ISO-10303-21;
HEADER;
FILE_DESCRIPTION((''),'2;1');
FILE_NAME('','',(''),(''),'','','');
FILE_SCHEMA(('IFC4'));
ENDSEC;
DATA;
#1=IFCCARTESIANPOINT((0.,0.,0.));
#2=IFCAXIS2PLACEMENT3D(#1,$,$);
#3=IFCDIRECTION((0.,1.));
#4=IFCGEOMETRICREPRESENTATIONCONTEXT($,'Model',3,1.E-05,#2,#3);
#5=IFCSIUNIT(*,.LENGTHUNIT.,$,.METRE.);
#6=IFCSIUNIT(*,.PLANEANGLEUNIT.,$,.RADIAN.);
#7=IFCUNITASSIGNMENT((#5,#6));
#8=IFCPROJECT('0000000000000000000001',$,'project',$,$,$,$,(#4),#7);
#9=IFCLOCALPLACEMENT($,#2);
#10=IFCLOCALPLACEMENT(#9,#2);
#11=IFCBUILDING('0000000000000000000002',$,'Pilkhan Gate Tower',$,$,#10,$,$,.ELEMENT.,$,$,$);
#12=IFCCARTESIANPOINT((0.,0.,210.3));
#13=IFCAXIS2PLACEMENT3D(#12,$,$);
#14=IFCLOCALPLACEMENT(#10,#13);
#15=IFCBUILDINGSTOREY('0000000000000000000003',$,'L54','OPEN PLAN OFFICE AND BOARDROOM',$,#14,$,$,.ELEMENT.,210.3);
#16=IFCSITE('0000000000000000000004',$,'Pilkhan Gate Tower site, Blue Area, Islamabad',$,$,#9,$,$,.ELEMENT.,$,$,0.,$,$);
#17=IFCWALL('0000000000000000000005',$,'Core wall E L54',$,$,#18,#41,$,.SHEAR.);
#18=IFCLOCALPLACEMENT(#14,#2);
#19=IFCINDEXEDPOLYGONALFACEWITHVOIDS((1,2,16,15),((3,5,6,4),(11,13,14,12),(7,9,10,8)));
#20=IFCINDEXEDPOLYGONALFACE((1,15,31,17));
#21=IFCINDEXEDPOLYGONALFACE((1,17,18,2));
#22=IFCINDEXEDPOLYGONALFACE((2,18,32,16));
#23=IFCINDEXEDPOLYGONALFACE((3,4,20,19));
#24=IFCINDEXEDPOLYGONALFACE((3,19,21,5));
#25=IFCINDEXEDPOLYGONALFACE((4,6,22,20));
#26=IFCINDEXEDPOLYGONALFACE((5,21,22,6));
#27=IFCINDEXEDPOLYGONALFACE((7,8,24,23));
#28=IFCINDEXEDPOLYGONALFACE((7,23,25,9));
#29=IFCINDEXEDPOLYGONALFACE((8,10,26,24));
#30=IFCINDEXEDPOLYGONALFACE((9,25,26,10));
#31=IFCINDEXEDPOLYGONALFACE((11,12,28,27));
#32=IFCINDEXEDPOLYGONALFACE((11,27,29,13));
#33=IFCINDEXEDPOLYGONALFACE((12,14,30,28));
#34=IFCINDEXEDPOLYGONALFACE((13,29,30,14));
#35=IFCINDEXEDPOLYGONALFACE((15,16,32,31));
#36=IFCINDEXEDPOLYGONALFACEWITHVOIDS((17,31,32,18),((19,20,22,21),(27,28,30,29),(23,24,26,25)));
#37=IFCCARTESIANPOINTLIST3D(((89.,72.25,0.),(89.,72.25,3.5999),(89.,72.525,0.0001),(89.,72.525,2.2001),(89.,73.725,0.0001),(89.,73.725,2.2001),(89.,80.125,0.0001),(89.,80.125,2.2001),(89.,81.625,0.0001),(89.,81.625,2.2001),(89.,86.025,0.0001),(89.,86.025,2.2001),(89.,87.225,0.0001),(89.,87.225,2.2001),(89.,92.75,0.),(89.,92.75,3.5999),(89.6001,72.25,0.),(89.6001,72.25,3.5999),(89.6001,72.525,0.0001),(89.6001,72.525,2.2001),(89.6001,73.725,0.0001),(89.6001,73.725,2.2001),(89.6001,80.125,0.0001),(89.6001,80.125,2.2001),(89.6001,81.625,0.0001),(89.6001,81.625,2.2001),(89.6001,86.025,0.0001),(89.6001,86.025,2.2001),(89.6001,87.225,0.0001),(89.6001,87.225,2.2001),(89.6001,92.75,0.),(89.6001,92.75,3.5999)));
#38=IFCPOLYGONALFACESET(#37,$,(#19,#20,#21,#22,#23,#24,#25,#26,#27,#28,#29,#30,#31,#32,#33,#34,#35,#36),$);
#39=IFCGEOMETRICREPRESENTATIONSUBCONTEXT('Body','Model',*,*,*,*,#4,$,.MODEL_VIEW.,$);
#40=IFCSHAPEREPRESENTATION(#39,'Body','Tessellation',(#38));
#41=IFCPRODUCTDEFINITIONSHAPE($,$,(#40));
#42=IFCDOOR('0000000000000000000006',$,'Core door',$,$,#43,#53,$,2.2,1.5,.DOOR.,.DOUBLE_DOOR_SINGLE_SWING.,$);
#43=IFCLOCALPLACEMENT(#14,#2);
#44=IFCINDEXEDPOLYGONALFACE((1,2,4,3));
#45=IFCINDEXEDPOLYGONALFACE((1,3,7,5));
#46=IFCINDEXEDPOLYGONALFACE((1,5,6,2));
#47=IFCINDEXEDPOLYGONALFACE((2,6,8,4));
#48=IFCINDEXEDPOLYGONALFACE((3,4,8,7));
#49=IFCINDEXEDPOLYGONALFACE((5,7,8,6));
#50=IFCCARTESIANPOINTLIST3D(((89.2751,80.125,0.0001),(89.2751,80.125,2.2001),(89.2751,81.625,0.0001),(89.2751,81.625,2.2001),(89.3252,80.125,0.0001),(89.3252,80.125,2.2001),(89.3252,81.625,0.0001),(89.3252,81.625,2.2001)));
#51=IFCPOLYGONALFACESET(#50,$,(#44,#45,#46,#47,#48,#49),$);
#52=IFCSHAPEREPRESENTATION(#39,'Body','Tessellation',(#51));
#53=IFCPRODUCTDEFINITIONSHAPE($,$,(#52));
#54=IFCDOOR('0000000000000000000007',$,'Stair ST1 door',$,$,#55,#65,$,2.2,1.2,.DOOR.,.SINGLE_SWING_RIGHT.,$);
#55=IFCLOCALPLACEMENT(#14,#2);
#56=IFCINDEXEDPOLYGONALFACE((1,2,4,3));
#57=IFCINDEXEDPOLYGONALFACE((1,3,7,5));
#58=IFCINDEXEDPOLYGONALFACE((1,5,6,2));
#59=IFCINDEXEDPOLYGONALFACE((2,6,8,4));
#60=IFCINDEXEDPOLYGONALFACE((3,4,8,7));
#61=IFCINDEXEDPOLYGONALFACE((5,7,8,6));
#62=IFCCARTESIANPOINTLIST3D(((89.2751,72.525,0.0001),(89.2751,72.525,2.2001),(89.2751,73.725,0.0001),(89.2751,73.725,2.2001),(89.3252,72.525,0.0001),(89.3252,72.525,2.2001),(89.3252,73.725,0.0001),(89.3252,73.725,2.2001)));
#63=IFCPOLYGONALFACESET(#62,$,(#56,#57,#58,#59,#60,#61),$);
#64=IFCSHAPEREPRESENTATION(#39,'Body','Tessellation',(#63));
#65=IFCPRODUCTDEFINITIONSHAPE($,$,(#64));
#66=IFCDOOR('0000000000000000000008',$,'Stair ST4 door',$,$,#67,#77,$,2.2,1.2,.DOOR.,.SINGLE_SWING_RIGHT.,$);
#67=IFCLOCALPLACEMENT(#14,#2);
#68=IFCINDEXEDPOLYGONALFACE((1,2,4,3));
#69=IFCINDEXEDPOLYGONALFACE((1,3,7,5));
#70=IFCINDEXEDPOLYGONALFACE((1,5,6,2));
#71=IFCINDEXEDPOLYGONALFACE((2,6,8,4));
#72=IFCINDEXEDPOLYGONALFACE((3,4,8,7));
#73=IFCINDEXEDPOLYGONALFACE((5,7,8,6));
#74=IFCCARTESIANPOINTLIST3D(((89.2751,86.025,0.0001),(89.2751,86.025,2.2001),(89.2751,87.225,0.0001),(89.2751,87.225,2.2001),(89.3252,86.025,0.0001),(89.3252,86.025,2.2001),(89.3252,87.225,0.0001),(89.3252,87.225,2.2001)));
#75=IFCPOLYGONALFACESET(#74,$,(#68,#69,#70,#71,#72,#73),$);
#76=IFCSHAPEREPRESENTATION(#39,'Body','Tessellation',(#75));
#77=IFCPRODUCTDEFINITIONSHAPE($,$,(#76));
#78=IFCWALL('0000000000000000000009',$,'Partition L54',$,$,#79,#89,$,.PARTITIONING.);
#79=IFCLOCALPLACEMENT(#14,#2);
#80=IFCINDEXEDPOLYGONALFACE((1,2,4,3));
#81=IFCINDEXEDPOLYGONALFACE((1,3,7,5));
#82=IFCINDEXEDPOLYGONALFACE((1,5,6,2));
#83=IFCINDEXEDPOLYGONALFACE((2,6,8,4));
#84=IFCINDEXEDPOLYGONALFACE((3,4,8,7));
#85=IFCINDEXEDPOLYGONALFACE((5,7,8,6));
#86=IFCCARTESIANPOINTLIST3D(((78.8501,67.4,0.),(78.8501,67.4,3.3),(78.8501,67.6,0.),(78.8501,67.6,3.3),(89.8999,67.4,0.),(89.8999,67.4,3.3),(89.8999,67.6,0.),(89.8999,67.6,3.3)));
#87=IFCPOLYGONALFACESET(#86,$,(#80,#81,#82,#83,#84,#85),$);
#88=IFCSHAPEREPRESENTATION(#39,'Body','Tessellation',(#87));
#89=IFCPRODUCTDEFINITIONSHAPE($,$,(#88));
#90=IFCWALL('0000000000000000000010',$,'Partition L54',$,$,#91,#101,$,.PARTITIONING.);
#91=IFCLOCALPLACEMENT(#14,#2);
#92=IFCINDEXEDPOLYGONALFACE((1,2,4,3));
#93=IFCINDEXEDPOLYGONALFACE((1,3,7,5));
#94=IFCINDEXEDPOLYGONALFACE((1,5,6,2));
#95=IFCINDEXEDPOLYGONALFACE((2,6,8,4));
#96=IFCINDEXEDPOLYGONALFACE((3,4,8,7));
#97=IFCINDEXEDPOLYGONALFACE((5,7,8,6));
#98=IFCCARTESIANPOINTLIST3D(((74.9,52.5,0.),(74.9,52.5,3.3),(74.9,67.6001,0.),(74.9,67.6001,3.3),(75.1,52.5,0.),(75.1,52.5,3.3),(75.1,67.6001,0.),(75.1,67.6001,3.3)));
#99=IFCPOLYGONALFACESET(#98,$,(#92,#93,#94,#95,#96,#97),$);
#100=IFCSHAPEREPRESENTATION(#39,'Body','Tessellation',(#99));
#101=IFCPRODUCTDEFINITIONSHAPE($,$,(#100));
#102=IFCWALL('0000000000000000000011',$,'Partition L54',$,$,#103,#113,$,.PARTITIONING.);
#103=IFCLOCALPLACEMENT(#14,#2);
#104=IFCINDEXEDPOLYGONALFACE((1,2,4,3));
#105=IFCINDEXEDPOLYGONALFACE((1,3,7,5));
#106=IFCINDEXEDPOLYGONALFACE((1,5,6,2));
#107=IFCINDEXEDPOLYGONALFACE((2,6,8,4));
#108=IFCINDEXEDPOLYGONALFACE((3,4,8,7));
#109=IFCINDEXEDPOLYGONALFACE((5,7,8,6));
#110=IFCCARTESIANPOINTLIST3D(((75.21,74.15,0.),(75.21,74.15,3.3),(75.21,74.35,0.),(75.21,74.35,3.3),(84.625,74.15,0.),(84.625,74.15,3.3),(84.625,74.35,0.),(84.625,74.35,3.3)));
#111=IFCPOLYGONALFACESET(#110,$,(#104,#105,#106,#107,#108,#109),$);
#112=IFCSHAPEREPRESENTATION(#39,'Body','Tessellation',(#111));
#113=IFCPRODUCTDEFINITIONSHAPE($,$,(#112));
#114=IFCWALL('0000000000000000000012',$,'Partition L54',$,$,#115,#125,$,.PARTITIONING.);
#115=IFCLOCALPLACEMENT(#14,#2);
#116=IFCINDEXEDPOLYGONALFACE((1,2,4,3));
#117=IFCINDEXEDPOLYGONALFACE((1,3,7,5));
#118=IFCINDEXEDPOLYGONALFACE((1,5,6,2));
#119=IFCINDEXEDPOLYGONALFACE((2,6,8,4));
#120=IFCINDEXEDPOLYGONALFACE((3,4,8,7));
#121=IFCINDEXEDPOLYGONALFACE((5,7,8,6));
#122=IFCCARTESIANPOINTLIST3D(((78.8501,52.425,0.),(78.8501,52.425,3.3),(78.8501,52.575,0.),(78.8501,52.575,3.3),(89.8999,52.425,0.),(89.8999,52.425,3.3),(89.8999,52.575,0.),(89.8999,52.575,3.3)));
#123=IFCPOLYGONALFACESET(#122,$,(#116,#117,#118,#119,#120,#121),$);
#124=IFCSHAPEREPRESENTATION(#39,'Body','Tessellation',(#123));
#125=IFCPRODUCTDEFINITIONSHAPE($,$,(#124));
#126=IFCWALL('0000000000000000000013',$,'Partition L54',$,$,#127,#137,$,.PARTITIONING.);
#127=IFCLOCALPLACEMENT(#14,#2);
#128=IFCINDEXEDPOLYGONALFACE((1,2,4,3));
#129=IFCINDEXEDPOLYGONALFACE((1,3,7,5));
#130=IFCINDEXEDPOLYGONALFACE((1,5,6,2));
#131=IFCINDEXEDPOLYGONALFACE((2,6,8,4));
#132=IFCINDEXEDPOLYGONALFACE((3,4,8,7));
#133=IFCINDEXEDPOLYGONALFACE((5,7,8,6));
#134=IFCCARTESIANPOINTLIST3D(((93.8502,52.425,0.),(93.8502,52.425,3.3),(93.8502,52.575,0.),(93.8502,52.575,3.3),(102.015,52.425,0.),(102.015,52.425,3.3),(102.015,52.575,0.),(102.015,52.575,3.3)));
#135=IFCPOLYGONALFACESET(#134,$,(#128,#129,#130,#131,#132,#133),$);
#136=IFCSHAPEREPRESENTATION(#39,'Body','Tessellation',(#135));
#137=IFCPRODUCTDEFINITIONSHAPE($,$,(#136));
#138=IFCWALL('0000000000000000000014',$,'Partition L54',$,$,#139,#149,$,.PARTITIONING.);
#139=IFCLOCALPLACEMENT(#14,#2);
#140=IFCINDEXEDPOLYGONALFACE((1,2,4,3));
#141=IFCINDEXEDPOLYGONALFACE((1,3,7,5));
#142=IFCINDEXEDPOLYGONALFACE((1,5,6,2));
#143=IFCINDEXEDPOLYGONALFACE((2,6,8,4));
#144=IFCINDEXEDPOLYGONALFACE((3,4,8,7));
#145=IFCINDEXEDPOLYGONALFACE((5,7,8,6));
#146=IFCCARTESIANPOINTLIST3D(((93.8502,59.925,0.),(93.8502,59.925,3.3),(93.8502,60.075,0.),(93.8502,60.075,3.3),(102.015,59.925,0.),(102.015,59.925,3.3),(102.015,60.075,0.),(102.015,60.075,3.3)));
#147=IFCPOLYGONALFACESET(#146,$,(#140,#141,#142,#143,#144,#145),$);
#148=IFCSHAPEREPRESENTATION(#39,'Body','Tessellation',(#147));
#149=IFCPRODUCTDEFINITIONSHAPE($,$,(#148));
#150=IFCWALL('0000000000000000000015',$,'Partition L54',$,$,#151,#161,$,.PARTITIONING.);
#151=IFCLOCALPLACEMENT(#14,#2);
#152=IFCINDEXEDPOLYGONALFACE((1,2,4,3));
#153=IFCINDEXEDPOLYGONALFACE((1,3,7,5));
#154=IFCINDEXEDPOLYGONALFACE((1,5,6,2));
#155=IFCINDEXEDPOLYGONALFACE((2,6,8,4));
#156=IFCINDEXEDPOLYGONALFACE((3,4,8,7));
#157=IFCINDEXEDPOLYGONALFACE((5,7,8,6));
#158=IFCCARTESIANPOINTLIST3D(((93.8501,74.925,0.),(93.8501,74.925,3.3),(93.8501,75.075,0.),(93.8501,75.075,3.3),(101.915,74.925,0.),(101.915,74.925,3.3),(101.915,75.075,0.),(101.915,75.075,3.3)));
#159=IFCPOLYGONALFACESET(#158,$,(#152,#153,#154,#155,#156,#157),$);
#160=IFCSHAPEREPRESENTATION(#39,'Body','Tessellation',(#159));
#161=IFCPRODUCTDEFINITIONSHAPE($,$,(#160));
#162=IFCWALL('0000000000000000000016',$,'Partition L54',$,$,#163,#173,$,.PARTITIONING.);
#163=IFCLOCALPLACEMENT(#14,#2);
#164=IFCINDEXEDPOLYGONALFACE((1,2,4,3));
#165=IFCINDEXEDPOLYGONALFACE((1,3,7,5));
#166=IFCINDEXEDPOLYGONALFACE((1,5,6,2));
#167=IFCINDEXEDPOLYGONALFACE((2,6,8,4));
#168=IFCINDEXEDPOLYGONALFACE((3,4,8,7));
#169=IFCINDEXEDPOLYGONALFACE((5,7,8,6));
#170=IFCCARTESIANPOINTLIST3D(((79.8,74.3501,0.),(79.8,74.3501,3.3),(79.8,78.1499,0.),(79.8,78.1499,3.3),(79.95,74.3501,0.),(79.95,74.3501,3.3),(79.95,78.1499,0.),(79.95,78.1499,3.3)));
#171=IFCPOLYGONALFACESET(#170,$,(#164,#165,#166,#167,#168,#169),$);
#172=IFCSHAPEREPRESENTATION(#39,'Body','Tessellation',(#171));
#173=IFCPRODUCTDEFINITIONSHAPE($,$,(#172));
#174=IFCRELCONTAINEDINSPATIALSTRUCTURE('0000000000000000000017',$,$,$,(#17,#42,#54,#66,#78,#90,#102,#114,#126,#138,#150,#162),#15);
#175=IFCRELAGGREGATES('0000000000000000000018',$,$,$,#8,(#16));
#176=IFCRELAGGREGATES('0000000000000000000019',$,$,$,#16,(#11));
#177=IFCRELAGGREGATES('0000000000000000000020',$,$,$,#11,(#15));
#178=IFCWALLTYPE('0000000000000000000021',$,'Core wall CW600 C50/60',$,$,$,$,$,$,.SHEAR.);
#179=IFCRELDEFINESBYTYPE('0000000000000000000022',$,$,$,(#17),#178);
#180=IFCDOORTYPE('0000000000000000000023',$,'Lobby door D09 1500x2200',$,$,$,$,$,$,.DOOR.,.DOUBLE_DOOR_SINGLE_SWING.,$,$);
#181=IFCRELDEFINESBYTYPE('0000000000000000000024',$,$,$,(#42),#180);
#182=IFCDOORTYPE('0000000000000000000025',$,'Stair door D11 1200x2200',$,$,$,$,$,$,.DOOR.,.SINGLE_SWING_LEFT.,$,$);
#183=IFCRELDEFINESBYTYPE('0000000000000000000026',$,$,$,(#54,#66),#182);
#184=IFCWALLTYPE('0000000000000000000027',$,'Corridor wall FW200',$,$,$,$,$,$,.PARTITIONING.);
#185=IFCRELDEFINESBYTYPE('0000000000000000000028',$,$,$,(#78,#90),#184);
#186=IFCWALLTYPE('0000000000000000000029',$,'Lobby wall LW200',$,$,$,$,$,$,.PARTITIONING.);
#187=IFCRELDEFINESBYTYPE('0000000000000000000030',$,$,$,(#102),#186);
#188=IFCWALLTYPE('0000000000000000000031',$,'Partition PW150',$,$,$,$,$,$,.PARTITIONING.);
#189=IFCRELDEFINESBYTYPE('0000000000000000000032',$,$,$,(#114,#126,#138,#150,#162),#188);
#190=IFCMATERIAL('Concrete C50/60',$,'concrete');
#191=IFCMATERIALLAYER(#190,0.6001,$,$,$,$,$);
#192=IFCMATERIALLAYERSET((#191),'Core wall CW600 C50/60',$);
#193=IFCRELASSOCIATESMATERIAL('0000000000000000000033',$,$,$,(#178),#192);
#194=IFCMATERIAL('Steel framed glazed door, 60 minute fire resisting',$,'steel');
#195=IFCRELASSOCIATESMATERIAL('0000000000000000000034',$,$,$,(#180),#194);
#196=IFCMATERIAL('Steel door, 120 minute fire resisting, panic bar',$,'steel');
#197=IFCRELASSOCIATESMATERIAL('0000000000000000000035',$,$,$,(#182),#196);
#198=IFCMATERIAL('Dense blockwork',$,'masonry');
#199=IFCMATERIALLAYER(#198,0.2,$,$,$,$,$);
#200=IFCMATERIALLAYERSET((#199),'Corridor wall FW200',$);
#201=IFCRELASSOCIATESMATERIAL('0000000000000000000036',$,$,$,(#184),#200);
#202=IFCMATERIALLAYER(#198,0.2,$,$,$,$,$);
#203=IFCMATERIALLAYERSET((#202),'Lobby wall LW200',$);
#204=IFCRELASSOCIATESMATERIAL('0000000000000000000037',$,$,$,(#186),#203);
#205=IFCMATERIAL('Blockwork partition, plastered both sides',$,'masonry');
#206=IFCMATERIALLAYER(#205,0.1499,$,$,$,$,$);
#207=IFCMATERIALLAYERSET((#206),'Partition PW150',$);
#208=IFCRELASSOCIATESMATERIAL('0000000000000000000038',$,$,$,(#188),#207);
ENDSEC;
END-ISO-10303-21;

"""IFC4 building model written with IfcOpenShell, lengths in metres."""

from ifc_helpers import new_model, si_unit, direction, frame, frame_2d, origin, place, context, subcontext, project, spatial, rectangle, extrude, material, layer, layer_set, type_object, element, fill, save


model = new_model("IFC4")

# Units and contexts
model_context = context("Model", 3, precision=1e-05, world=origin(), true_north=direction((0.0, 1.0)))
body_context = subcontext(model_context, "Body", "Model", "MODEL_VIEW")
ifc_project = project(units=[si_unit("LENGTHUNIT", "METRE"), si_unit("PLANEANGLEUNIT", "RADIAN")], contexts=[model_context])

# Site, building, storey
site_placement = place(None, origin())
site = spatial("IfcSite", under=ifc_project, at=site_placement, Name="Pilkhan Gate Tower site, Blue Area, Islamabad", CompositionType="ELEMENT", RefElevation=0.0)
building_placement = place(site_placement, origin())
building = spatial("IfcBuilding", under=site, at=building_placement, Name="Pilkhan Gate Tower", CompositionType="ELEMENT")
storey_placement = place(building_placement, frame((0.0, 0.0, 210.3)))
storey = spatial("IfcBuildingStorey", under=building, at=storey_placement, Name="L54", Description="OPEN PLAN OFFICE AND BOARDROOM", CompositionType="ELEMENT", Elevation=210.3)

# Shared definitions
ifc_material_1 = material(Name="Concrete C50/60", Category="concrete")

# Wall, openings, doors
ifc_layer_1 = layer(ifc_material_1, 0.6001)
ifc_layer_set_1 = layer_set([ifc_layer_1], Name="Core wall CW600 C50/60")
wall_type_1 = type_object("IfcWallType", Name="Core wall CW600 C50/60", PredefinedType="SHEAR", material=ifc_layer_set_1)
wall_1_placement = place(storey_placement, frame((89.3, 72.25, 0.0), z_axis=(0.0, 0.0, 1.0), x_axis=(0.0, 1.0, 0.0)))
wall_1 = element("IfcWall", 1, at=wall_1_placement, inside=storey, type_object=wall_type_1, Name="Core wall E L54", PredefinedType="SHEAR", context=body_context, shape_type="SweptSolid", body=[
    extrude(rectangle(XDim=20.5, YDim=0.6001, at=frame_2d((10.25, 0.0))), origin(), (0.0, 0.0, 1.0), 3.5999),
])
opening_1_placement = place(wall_1_placement, frame((0.2749, 0.0, 0.0)))
opening_1 = element("IfcOpeningElement", 2, at=opening_1_placement, cuts=wall_1, PredefinedType="OPENING", context=body_context, shape_type="SweptSolid", body=[
    extrude(rectangle(XDim=1.2, YDim=2.2, at=frame_2d((0.6001, 1.1001))), frame((0.0, 0.3101, 0.0), z_axis=(0.0, -1.0, 0.0), x_axis=(1.0, 0.0, 0.0)), (0.0, 0.0, 1.0), 0.6201),
])
opening_2_placement = place(wall_1_placement, frame((13.7749, 0.0, 0.0)))
opening_2 = element("IfcOpeningElement", 3, at=opening_2_placement, cuts=wall_1, PredefinedType="OPENING", context=body_context, shape_type="SweptSolid", body=[
    extrude(rectangle(XDim=1.2, YDim=2.2, at=frame_2d((0.6001, 1.1001))), frame((0.0, 0.3101, 0.0), z_axis=(0.0, -1.0, 0.0), x_axis=(1.0, 0.0, 0.0)), (0.0, 0.0, 1.0), 0.6201),
])
opening_3_placement = place(wall_1_placement, frame((7.875, 0.0, 0.0)))
opening_3 = element("IfcOpeningElement", 4, at=opening_3_placement, cuts=wall_1, PredefinedType="OPENING", context=body_context, shape_type="SweptSolid", body=[
    extrude(rectangle(XDim=1.5, YDim=2.2, at=frame_2d((0.75, 1.1001))), frame((0.0, 0.3101, 0.0), z_axis=(0.0, -1.0, 0.0), x_axis=(1.0, 0.0, 0.0)), (0.0, 0.0, 1.0), 0.6201),
])
ifc_material_2 = material(Name="Steel framed glazed door, 60 minute fire resisting", Category="steel")
door_type_1 = type_object("IfcDoorType", Name="Lobby door D09 1500x2200", OperationType="DOUBLE_DOOR_SINGLE_SWING", PredefinedType="DOOR", material=ifc_material_2)
door_1_placement = place(opening_3_placement, origin())
door_1 = element("IfcDoor", 5, at=door_1_placement, inside=storey, type_object=door_type_1, Name="Core door", OperationType="DOUBLE_DOOR_SINGLE_SWING", OverallHeight=2.2, OverallWidth=1.5, PredefinedType="DOOR", context=body_context, shape_type="SweptSolid", body=[
    extrude(rectangle(XDim=1.5, YDim=2.2, at=frame_2d((0.75, 1.1001))), frame((0.0, 0.0249, 0.0), z_axis=(0.0, -1.0, 0.0), x_axis=(1.0, 0.0, 0.0)), (0.0, 0.0, 1.0), 0.05),
])
fill(opening_3, door_1)
ifc_material_3 = material(Name="Steel door, 120 minute fire resisting, panic bar", Category="steel")
door_type_2 = type_object("IfcDoorType", Name="Stair door D11 1200x2200", OperationType="SINGLE_SWING_LEFT", PredefinedType="DOOR", material=ifc_material_3)
door_2_placement = place(opening_1_placement, origin())
door_2 = element("IfcDoor", 6, at=door_2_placement, inside=storey, type_object=door_type_2, Name="Stair ST1 door", OperationType="SINGLE_SWING_RIGHT", OverallHeight=2.2, OverallWidth=1.2, PredefinedType="DOOR", context=body_context, shape_type="SweptSolid", body=[
    extrude(rectangle(XDim=1.2, YDim=2.2, at=frame_2d((0.6001, 1.1001))), frame((0.0, 0.0249, 0.0), z_axis=(0.0, -1.0, 0.0), x_axis=(1.0, 0.0, 0.0)), (0.0, 0.0, 1.0), 0.05),
])
fill(opening_1, door_2)
door_3_placement = place(opening_2_placement, origin())
door_3 = element("IfcDoor", 7, at=door_3_placement, inside=storey, type_object=door_type_2, Name="Stair ST4 door", OperationType="SINGLE_SWING_RIGHT", OverallHeight=2.2, OverallWidth=1.2, PredefinedType="DOOR", context=body_context, shape_type="SweptSolid", body=[
    extrude(rectangle(XDim=1.2, YDim=2.2, at=frame_2d((0.6001, 1.1001))), frame((0.0, 0.0249, 0.0), z_axis=(0.0, -1.0, 0.0), x_axis=(1.0, 0.0, 0.0)), (0.0, 0.0, 1.0), 0.05),
])
fill(opening_2, door_3)

# Walls
ifc_material_4 = material(Name="Dense blockwork", Category="masonry")
ifc_layer_2 = layer(ifc_material_4, 0.2)
ifc_layer_set_2 = layer_set([ifc_layer_2], Name="Corridor wall FW200")
wall_type_2 = type_object("IfcWallType", Name="Corridor wall FW200", PredefinedType="PARTITIONING", material=ifc_layer_set_2)
wall_2_placement = place(storey_placement, frame((78.8501, 67.5, 0.0), z_axis=(0.0, 0.0, 1.0), x_axis=(1.0, 0.0, 0.0)))
element("IfcWall", 8, at=wall_2_placement, inside=storey, type_object=wall_type_2, Name="Partition L54", PredefinedType="PARTITIONING", context=body_context, shape_type="SweptSolid", body=[
    extrude(rectangle(XDim=11.0498, YDim=0.2, at=frame_2d((5.5249, 0.0))), origin(), (0.0, 0.0, 1.0), 3.3),
])
wall_3_placement = place(storey_placement, frame((75.0, 52.5, 0.0), z_axis=(0.0, 0.0, 1.0), x_axis=(0.0, 1.0, 0.0)))
element("IfcWall", 9, at=wall_3_placement, inside=storey, type_object=wall_type_2, Name="Partition L54", PredefinedType="PARTITIONING", context=body_context, shape_type="SweptSolid", body=[
    extrude(rectangle(XDim=15.1001, YDim=0.2, at=frame_2d((7.55, 0.0))), origin(), (0.0, 0.0, 1.0), 3.3),
])
ifc_layer_3 = layer(ifc_material_4, 0.2)
ifc_layer_set_3 = layer_set([ifc_layer_3], Name="Lobby wall LW200")
wall_type_3 = type_object("IfcWallType", Name="Lobby wall LW200", PredefinedType="PARTITIONING", material=ifc_layer_set_3)
wall_4_placement = place(storey_placement, frame((75.21, 74.25, 0.0), z_axis=(0.0, 0.0, 1.0), x_axis=(1.0, 0.0, 0.0)))
element("IfcWall", 10, at=wall_4_placement, inside=storey, type_object=wall_type_3, Name="Partition L54", PredefinedType="PARTITIONING", context=body_context, shape_type="SweptSolid", body=[
    extrude(rectangle(XDim=9.415, YDim=0.2, at=frame_2d((4.7075, 0.0))), origin(), (0.0, 0.0, 1.0), 3.3),
])
ifc_material_5 = material(Name="Blockwork partition, plastered both sides", Category="masonry")
ifc_layer_4 = layer(ifc_material_5, 0.1499)
ifc_layer_set_4 = layer_set([ifc_layer_4], Name="Partition PW150")
wall_type_4 = type_object("IfcWallType", Name="Partition PW150", PredefinedType="PARTITIONING", material=ifc_layer_set_4)
wall_5_placement = place(storey_placement, frame((78.8501, 52.5, 0.0), z_axis=(0.0, 0.0, 1.0), x_axis=(1.0, 0.0, 0.0)))
element("IfcWall", 11, at=wall_5_placement, inside=storey, type_object=wall_type_4, Name="Partition L54", PredefinedType="PARTITIONING", context=body_context, shape_type="SweptSolid", body=[
    extrude(rectangle(XDim=11.0498, YDim=0.1499, at=frame_2d((5.5249, 0.0))), origin(), (0.0, 0.0, 1.0), 3.3),
])
for number, where, z_axis, x_axis, name in (
    (12, (93.8501, 52.5, 0.0), (0.0, 0.0, 1.0), (1.0, 0.0, 0.0), "Partition L54"),
    (13, (93.8501, 60.0, 0.0), (0.0, 0.0, 1.0), (1.0, 0.0, 0.0), "Partition L54"),
):
    element("IfcWall", number, at=place(storey_placement, frame(where, z_axis=z_axis, x_axis=x_axis)), inside=storey, type_object=wall_type_4, Name=name, PredefinedType="PARTITIONING", context=body_context, shape_type="SweptSolid", body=[
        extrude(rectangle(XDim=8.1648, YDim=0.1499, at=frame_2d((4.0825, 0.0))), origin(), (0.0, 0.0, 1.0), 3.3),
    ])
wall_6_placement = place(storey_placement, frame((93.8501, 75.0, 0.0), z_axis=(0.0, 0.0, 1.0), x_axis=(1.0, 0.0, 0.0)))
element("IfcWall", 14, at=wall_6_placement, inside=storey, type_object=wall_type_4, Name="Partition L54", PredefinedType="PARTITIONING", context=body_context, shape_type="SweptSolid", body=[
    extrude(rectangle(XDim=8.0649, YDim=0.1499, at=frame_2d((4.0325, 0.0))), origin(), (0.0, 0.0, 1.0), 3.3),
])
wall_7_placement = place(storey_placement, frame((79.875, 74.3501, 0.0), z_axis=(0.0, 0.0, 1.0), x_axis=(0.0, 1.0, 0.0)))
element("IfcWall", 15, at=wall_7_placement, inside=storey, type_object=wall_type_4, Name="Partition L54", PredefinedType="PARTITIONING", context=body_context, shape_type="SweptSolid", body=[
    extrude(rectangle(XDim=3.7998, YDim=0.1499, at=frame_2d((1.8999, 0.0))), origin(), (0.0, 0.0, 1.0), 3.3),
])

save(model, "model.ifc")
